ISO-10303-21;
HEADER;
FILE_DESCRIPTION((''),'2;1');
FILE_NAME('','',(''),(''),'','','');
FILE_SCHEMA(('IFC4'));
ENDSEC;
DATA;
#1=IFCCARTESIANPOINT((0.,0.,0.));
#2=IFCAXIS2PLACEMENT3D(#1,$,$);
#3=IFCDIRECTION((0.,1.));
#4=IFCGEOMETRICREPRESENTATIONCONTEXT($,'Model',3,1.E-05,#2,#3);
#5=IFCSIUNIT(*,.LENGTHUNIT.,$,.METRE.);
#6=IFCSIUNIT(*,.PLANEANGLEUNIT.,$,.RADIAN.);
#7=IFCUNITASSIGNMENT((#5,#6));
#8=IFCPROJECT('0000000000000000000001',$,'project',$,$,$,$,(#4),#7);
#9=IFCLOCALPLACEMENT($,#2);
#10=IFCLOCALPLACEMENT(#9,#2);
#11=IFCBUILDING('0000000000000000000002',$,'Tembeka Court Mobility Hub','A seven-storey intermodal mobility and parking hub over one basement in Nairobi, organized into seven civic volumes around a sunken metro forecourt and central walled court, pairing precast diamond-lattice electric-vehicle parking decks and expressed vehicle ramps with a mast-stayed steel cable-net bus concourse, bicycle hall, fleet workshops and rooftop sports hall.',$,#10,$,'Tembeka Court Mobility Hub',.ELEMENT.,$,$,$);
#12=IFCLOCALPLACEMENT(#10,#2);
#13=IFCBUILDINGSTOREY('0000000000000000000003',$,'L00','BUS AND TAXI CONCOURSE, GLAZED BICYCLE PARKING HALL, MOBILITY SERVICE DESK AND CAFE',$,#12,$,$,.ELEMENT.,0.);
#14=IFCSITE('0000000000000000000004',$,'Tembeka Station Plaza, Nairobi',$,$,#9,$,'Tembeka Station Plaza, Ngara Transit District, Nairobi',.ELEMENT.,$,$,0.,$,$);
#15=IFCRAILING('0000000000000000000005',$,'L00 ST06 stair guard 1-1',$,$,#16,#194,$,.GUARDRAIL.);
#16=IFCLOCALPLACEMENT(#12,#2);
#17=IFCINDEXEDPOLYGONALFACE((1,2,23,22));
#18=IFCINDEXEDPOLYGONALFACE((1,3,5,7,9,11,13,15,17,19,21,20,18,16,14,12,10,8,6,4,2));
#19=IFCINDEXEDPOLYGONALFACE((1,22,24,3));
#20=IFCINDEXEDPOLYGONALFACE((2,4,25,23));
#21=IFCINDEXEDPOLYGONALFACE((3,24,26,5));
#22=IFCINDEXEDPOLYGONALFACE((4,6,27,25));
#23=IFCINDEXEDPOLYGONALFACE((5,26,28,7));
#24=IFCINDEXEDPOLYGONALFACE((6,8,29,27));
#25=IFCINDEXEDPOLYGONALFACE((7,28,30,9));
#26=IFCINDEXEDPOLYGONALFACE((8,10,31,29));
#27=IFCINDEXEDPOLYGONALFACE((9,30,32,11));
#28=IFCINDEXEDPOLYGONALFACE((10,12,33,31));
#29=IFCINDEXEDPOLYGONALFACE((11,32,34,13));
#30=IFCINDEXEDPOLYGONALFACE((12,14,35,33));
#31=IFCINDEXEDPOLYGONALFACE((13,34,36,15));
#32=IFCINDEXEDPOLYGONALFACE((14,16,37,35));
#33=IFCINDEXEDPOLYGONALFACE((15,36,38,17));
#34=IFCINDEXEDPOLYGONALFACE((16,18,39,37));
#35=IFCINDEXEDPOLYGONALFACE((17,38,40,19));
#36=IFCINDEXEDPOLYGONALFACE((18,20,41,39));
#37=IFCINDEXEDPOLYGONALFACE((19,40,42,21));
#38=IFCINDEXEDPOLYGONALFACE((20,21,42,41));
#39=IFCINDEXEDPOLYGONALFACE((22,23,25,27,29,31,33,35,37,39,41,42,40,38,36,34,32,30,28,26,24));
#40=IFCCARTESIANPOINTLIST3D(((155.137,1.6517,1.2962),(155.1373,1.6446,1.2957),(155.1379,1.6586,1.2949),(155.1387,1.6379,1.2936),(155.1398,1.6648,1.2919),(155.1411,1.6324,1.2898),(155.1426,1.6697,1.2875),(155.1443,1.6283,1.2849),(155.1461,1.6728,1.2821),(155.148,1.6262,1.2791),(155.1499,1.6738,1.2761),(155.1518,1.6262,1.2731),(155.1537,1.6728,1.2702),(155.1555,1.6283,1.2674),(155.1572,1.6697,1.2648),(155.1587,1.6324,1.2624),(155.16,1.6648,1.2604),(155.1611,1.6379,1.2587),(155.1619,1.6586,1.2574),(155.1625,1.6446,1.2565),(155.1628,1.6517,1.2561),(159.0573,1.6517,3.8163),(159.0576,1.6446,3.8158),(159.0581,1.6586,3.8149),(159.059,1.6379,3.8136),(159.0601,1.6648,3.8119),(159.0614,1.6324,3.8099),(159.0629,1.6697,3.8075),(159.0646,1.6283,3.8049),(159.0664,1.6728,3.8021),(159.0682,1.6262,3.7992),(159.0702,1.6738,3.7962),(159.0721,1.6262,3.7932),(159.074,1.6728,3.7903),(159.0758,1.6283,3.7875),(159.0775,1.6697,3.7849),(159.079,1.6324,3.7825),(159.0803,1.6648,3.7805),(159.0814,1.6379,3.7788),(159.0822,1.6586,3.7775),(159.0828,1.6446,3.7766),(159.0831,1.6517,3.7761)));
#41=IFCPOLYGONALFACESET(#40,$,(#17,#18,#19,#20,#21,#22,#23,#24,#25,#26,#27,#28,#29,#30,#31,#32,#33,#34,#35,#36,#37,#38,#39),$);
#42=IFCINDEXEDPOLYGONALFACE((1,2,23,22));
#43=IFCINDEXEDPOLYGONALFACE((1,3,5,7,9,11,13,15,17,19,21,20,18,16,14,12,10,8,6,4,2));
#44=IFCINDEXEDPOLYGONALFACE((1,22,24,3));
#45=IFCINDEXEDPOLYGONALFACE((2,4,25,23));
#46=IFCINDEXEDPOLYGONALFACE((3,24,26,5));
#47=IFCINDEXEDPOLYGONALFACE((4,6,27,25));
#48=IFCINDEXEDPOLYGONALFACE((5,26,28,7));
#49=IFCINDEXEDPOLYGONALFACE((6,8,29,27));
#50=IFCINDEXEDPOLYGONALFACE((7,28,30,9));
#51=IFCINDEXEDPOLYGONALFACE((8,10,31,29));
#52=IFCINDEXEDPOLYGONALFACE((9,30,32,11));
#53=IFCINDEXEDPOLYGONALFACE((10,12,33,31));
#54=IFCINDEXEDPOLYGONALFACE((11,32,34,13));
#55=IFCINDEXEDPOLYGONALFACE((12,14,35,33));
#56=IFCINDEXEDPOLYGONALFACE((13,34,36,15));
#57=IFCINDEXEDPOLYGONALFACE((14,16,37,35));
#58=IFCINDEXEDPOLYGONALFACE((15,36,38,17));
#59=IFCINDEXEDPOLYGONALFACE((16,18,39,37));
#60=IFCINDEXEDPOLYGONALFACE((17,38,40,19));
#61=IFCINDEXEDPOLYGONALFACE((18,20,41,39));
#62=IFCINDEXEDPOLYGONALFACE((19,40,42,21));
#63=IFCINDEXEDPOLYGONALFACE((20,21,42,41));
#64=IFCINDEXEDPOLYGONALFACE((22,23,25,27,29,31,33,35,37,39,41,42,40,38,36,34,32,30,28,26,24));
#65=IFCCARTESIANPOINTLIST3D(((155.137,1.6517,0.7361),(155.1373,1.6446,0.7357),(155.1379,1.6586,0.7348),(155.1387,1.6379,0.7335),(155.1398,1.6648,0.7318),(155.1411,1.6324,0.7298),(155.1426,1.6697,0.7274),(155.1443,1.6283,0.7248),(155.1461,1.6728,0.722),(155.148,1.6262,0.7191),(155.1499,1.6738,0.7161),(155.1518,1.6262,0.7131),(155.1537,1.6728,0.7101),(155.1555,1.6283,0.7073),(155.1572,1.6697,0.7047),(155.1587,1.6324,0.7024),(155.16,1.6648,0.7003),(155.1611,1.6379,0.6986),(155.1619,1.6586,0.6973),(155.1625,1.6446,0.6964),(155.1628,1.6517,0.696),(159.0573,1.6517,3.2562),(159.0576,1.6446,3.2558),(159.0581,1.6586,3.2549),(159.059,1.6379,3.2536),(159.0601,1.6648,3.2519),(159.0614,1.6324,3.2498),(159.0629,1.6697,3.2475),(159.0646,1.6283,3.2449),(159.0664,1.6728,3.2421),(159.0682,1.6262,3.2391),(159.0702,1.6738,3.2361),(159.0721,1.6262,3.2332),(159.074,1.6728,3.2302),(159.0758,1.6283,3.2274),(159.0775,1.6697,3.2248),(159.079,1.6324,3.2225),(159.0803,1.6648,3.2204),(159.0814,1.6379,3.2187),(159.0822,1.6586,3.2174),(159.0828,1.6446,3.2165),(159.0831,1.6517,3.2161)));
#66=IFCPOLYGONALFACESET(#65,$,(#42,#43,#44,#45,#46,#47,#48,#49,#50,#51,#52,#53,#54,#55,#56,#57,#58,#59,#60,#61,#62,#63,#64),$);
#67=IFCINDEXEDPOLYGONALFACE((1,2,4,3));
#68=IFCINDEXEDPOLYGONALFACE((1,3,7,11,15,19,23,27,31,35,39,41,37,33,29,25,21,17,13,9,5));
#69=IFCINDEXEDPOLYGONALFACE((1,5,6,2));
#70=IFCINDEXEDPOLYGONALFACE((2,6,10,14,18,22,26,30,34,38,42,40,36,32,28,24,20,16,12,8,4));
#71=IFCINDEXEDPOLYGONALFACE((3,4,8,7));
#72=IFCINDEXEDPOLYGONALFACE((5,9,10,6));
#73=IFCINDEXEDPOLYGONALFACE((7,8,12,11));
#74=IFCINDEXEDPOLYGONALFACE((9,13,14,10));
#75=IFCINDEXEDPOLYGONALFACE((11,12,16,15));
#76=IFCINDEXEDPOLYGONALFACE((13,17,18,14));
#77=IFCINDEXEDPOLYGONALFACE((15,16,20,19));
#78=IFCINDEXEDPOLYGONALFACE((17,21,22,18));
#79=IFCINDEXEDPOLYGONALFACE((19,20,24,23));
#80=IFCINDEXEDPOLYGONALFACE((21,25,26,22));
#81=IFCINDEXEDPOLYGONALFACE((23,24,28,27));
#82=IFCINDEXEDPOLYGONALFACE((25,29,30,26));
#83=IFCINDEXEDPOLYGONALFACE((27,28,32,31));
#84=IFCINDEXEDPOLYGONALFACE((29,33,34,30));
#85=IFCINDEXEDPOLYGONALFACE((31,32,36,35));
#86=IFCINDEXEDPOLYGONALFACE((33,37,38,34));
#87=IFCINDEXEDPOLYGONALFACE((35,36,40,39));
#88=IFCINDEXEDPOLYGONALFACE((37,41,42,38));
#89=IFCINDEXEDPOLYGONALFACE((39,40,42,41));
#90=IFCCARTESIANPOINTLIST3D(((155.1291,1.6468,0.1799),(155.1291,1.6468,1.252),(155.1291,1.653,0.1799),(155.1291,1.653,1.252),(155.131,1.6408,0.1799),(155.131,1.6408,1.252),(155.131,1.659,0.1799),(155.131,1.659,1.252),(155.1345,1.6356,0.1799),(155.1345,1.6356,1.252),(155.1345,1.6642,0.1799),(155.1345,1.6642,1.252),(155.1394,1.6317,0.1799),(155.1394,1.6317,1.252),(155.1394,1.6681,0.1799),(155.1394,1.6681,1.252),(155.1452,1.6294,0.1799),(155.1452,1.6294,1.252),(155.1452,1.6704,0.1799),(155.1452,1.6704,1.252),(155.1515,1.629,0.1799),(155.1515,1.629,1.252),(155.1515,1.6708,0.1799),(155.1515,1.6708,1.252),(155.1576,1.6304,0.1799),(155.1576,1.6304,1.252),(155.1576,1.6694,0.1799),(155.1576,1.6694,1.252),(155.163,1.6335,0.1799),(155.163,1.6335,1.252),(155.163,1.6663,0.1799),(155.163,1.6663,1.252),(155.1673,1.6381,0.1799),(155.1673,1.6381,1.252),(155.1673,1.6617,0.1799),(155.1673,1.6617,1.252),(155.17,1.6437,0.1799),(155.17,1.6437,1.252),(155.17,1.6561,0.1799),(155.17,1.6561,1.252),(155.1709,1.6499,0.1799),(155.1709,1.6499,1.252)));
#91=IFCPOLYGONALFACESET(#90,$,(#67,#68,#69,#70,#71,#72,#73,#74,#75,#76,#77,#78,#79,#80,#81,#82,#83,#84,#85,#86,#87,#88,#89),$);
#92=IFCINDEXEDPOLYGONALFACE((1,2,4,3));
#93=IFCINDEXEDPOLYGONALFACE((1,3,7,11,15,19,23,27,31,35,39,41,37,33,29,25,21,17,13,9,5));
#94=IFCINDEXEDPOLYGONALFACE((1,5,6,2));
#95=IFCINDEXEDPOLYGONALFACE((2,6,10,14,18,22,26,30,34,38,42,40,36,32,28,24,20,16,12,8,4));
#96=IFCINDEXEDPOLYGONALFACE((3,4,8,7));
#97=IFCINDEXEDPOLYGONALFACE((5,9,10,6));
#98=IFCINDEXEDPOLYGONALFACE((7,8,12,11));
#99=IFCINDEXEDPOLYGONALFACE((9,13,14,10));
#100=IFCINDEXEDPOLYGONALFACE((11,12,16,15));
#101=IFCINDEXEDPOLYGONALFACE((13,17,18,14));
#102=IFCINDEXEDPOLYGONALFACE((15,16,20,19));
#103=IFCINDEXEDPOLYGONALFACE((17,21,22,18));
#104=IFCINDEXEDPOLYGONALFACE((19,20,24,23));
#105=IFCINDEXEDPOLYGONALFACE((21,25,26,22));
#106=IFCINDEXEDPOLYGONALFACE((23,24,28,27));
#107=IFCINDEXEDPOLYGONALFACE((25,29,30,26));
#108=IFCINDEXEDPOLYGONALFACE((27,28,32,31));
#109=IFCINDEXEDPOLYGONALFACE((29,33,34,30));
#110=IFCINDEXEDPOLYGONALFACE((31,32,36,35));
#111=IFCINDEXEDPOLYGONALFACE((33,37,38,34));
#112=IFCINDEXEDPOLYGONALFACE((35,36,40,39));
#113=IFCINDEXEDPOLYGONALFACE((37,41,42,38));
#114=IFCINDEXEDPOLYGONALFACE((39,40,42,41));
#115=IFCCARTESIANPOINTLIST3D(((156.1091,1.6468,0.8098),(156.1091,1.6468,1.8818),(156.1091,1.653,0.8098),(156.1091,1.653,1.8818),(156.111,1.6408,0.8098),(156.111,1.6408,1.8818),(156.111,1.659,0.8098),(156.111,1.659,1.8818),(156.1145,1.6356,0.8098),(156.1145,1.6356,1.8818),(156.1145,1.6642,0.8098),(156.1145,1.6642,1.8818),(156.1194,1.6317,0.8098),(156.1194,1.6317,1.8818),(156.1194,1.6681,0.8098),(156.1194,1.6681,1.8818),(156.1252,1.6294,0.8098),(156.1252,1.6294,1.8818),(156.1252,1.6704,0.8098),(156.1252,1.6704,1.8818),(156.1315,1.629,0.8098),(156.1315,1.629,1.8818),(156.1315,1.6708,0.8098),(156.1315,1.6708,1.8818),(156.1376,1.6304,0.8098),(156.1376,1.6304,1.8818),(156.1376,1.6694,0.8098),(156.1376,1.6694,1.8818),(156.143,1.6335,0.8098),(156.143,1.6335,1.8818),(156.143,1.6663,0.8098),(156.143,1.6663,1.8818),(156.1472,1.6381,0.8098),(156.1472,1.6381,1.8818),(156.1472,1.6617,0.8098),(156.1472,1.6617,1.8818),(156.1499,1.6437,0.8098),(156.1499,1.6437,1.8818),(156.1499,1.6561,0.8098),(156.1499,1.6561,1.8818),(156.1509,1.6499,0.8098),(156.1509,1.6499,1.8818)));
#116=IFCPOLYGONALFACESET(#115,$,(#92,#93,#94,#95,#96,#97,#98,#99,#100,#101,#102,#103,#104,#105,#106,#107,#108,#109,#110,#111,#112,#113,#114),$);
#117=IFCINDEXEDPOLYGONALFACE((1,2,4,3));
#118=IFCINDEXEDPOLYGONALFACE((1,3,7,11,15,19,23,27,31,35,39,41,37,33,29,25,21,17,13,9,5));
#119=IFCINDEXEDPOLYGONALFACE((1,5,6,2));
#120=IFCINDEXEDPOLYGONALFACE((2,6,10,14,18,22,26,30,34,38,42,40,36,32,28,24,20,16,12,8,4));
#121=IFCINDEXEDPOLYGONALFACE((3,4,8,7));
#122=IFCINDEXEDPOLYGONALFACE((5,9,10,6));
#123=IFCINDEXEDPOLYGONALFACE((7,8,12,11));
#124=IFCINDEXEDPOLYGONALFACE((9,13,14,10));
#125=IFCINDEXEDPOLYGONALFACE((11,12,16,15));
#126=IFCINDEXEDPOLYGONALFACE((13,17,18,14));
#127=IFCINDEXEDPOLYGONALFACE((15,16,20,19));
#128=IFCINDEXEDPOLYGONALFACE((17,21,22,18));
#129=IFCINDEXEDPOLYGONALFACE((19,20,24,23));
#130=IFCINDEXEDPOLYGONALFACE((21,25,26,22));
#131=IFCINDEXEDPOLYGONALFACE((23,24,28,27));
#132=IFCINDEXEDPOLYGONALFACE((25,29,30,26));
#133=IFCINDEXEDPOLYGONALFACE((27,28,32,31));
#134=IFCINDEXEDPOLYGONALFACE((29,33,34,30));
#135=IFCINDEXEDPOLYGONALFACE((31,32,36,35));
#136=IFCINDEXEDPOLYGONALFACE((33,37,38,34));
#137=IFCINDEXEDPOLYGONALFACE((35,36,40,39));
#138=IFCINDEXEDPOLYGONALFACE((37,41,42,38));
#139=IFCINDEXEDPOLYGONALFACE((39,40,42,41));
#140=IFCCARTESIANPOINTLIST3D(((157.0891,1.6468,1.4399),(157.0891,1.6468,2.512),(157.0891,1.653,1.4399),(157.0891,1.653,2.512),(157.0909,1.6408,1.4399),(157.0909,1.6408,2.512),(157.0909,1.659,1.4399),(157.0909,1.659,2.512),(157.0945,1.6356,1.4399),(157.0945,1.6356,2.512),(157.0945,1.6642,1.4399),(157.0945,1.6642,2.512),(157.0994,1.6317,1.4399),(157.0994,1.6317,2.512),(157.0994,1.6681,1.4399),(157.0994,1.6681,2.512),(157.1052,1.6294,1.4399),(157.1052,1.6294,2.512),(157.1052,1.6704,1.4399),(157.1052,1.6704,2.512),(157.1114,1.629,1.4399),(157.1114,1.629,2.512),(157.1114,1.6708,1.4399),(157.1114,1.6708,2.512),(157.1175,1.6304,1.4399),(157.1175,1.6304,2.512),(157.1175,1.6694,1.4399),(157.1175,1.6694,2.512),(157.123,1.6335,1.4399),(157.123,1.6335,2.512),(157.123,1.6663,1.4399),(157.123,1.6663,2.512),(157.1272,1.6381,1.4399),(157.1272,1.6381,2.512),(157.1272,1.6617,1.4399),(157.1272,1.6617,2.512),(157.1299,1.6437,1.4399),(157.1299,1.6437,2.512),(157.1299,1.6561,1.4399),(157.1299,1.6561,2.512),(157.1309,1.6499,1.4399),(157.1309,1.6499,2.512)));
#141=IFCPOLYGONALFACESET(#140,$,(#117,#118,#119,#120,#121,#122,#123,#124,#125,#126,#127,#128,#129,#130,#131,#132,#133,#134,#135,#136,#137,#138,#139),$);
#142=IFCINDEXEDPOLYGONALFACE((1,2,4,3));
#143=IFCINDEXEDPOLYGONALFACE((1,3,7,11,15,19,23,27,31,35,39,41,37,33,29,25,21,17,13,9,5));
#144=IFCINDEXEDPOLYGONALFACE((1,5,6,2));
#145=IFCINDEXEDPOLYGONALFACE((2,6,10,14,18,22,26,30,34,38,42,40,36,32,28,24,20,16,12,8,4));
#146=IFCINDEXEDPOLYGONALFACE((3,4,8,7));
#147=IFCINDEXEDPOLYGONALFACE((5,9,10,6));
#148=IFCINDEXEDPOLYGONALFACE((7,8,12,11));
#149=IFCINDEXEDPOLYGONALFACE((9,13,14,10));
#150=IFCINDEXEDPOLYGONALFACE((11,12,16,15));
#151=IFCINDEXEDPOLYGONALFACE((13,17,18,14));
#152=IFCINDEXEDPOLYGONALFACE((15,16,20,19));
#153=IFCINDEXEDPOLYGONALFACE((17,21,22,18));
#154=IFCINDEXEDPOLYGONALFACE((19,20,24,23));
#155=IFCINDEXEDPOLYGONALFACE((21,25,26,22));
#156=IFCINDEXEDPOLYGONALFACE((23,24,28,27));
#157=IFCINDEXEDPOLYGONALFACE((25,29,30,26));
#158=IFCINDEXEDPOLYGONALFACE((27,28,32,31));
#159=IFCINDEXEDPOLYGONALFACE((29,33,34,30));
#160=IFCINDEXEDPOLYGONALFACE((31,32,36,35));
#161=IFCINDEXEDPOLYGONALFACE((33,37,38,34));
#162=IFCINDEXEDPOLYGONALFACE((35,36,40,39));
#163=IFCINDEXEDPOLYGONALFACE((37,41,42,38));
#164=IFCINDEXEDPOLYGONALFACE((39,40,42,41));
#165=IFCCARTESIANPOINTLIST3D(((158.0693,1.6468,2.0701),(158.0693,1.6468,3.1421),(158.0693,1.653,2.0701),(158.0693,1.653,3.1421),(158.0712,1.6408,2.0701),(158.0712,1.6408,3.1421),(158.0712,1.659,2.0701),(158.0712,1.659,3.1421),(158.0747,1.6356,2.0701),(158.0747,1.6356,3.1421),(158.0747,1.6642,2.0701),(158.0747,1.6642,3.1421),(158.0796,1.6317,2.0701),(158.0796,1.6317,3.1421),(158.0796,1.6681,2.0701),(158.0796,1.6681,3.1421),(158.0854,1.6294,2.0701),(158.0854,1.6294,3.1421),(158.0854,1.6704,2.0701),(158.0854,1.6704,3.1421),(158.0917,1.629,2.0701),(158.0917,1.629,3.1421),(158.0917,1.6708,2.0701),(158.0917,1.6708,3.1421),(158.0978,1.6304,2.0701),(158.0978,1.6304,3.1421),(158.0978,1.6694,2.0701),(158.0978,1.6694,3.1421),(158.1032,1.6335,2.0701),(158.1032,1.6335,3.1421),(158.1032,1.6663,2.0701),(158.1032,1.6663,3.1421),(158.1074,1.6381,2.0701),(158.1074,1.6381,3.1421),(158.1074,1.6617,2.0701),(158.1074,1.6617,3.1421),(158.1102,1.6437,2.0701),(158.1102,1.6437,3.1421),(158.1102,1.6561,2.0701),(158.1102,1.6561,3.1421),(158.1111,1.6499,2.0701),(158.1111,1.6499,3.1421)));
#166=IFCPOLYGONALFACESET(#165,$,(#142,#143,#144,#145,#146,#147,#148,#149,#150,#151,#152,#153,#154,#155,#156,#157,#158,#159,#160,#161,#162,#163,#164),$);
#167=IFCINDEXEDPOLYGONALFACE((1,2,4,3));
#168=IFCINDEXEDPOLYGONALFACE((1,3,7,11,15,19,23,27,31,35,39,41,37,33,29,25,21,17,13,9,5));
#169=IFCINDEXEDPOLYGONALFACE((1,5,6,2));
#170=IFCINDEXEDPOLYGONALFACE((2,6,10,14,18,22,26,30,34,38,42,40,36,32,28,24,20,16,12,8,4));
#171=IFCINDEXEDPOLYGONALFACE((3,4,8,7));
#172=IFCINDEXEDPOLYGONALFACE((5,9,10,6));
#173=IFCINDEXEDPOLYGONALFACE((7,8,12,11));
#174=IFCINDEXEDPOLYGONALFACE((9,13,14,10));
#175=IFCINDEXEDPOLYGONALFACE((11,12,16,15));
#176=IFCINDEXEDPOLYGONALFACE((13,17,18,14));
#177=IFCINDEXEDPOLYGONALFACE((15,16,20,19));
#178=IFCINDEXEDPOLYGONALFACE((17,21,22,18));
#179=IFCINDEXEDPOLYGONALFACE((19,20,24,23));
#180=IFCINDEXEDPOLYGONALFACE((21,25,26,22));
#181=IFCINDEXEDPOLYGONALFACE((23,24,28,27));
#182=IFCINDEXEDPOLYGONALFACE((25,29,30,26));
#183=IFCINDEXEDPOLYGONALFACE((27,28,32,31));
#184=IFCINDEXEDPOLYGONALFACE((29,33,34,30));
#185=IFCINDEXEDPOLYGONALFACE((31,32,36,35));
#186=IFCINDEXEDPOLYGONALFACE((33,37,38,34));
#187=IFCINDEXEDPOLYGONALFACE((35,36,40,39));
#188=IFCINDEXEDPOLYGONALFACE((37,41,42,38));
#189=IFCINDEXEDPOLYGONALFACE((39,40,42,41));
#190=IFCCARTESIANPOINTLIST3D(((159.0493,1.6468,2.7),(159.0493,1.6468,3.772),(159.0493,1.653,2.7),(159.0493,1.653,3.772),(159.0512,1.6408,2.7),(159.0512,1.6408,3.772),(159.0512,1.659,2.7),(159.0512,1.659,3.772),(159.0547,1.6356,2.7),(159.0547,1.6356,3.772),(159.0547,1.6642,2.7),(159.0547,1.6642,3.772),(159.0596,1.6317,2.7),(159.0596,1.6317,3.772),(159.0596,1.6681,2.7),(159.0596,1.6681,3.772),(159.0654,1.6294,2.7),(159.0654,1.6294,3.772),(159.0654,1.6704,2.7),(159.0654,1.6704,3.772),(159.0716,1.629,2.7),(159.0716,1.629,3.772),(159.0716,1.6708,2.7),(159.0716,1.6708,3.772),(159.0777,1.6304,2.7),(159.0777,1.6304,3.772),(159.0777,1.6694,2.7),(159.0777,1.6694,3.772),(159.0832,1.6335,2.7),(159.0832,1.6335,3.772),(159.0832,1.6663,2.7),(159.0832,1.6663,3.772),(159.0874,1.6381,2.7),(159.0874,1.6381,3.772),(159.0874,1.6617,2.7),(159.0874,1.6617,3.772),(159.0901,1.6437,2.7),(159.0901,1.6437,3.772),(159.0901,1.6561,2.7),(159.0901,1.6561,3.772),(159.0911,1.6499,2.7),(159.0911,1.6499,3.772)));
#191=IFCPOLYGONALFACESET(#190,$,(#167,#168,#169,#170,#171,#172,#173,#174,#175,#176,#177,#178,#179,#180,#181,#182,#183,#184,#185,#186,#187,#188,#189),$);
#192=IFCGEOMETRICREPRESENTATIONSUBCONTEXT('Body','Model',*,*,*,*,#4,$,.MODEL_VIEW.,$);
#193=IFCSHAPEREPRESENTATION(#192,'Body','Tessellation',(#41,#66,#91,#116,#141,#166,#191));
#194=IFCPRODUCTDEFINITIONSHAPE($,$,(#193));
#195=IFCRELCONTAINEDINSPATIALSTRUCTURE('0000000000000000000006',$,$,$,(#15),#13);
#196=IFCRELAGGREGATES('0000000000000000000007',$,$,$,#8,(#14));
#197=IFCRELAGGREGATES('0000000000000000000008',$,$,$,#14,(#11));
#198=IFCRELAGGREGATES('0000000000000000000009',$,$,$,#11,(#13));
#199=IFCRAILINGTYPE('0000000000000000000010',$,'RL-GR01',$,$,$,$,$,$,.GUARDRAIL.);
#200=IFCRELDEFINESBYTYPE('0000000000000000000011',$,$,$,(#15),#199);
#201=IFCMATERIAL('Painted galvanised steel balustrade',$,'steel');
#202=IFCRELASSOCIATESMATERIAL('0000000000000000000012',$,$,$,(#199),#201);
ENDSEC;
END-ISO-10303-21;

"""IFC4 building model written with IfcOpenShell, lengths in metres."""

from ifc_helpers import new_model, si_unit, direction, frame, origin, origin_2d, place, context, subcontext, project, spatial, circle, extrude, material, type_object, element, save


model = new_model("IFC4")

# Units and contexts
model_context = context("Model", 3, precision=1e-05, world=origin(), true_north=direction((0.0, 1.0)))
body_context = subcontext(model_context, "Body", "Model", "MODEL_VIEW")
ifc_project = project(units=[si_unit("LENGTHUNIT", "METRE"), si_unit("PLANEANGLEUNIT", "RADIAN")], contexts=[model_context])

# Site, building, storey
site_placement = place(None, origin())
site = spatial("IfcSite", under=ifc_project, at=site_placement, Name="Tembeka Station Plaza, Nairobi", LongName="Tembeka Station Plaza, Ngara Transit District, Nairobi", CompositionType="ELEMENT", RefElevation=0.0)
building_placement = place(site_placement, origin())
building = spatial("IfcBuilding", under=site, at=building_placement, Name="Tembeka Court Mobility Hub", Description="A seven-storey intermodal mobility and parking hub over one basement in Nairobi, organized into seven civic volumes around a sunken metro forecourt and central walled court, pairing precast diamond-lattice electric-vehicle parking decks and expressed vehicle ramps with a mast-stayed steel cable-net bus concourse, bicycle hall, fleet workshops and rooftop sports hall.", LongName="Tembeka Court Mobility Hub", CompositionType="ELEMENT")
storey_placement = place(building_placement, origin())
storey = spatial("IfcBuildingStorey", under=building, at=storey_placement, Name="L00", Description="BUS AND TAXI CONCOURSE, GLAZED BICYCLE PARKING HALL, MOBILITY SERVICE DESK AND CAFE", CompositionType="ELEMENT", Elevation=0.0)

# Railing
ifc_material_1 = material(Name="Painted galvanised steel balustrade", Category="steel")
railing_type_1 = type_object("IfcRailingType", Name="RL-GR01", PredefinedType="GUARDRAIL", material=ifc_material_1)
railing_1_placement = place(storey_placement, frame((155.1499, 1.6499, 0.1799)))
element("IfcRailing", 1, at=railing_1_placement, inside=storey, type_object=railing_type_1, Name="L00 ST06 stair guard 1-1", PredefinedType="GUARDRAIL", context=body_context, shape_type="SweptSolid", body=[
    extrude(circle(Radius=0.0239, at=origin_2d()), frame((0.0, 0.0, 1.0962), z_axis=(0.841187, 0.0, 0.540744), x_axis=(0.0, 1.0, 0.0)), (0.0, 0.0, 1.0), 4.6604),
    extrude(circle(Radius=0.0239, at=origin_2d()), frame((0.0, 0.0, 0.5361), z_axis=(0.841187, 0.0, 0.540744), x_axis=(0.0, 1.0, 0.0)), (0.0, 0.0, 1.0), 4.6604),
    extrude(circle(Radius=0.021, at=origin_2d()), origin(), (0.0, 0.0, 1.0), 1.072),
    extrude(circle(Radius=0.021, at=origin_2d()), frame((0.98, 0.0, 0.6299)), (0.0, 0.0, 1.0), 1.072),
    extrude(circle(Radius=0.021, at=origin_2d()), frame((1.96, 0.0, 1.26)), (0.0, 0.0, 1.0), 1.072),
    extrude(circle(Radius=0.021, at=origin_2d()), frame((2.9402, 0.0, 1.8901)), (0.0, 0.0, 1.0), 1.072),
    extrude(circle(Radius=0.021, at=origin_2d()), frame((3.9202, 0.0, 2.52)), (0.0, 0.0, 1.0), 1.072),
])

save(model, "model.ifc")
